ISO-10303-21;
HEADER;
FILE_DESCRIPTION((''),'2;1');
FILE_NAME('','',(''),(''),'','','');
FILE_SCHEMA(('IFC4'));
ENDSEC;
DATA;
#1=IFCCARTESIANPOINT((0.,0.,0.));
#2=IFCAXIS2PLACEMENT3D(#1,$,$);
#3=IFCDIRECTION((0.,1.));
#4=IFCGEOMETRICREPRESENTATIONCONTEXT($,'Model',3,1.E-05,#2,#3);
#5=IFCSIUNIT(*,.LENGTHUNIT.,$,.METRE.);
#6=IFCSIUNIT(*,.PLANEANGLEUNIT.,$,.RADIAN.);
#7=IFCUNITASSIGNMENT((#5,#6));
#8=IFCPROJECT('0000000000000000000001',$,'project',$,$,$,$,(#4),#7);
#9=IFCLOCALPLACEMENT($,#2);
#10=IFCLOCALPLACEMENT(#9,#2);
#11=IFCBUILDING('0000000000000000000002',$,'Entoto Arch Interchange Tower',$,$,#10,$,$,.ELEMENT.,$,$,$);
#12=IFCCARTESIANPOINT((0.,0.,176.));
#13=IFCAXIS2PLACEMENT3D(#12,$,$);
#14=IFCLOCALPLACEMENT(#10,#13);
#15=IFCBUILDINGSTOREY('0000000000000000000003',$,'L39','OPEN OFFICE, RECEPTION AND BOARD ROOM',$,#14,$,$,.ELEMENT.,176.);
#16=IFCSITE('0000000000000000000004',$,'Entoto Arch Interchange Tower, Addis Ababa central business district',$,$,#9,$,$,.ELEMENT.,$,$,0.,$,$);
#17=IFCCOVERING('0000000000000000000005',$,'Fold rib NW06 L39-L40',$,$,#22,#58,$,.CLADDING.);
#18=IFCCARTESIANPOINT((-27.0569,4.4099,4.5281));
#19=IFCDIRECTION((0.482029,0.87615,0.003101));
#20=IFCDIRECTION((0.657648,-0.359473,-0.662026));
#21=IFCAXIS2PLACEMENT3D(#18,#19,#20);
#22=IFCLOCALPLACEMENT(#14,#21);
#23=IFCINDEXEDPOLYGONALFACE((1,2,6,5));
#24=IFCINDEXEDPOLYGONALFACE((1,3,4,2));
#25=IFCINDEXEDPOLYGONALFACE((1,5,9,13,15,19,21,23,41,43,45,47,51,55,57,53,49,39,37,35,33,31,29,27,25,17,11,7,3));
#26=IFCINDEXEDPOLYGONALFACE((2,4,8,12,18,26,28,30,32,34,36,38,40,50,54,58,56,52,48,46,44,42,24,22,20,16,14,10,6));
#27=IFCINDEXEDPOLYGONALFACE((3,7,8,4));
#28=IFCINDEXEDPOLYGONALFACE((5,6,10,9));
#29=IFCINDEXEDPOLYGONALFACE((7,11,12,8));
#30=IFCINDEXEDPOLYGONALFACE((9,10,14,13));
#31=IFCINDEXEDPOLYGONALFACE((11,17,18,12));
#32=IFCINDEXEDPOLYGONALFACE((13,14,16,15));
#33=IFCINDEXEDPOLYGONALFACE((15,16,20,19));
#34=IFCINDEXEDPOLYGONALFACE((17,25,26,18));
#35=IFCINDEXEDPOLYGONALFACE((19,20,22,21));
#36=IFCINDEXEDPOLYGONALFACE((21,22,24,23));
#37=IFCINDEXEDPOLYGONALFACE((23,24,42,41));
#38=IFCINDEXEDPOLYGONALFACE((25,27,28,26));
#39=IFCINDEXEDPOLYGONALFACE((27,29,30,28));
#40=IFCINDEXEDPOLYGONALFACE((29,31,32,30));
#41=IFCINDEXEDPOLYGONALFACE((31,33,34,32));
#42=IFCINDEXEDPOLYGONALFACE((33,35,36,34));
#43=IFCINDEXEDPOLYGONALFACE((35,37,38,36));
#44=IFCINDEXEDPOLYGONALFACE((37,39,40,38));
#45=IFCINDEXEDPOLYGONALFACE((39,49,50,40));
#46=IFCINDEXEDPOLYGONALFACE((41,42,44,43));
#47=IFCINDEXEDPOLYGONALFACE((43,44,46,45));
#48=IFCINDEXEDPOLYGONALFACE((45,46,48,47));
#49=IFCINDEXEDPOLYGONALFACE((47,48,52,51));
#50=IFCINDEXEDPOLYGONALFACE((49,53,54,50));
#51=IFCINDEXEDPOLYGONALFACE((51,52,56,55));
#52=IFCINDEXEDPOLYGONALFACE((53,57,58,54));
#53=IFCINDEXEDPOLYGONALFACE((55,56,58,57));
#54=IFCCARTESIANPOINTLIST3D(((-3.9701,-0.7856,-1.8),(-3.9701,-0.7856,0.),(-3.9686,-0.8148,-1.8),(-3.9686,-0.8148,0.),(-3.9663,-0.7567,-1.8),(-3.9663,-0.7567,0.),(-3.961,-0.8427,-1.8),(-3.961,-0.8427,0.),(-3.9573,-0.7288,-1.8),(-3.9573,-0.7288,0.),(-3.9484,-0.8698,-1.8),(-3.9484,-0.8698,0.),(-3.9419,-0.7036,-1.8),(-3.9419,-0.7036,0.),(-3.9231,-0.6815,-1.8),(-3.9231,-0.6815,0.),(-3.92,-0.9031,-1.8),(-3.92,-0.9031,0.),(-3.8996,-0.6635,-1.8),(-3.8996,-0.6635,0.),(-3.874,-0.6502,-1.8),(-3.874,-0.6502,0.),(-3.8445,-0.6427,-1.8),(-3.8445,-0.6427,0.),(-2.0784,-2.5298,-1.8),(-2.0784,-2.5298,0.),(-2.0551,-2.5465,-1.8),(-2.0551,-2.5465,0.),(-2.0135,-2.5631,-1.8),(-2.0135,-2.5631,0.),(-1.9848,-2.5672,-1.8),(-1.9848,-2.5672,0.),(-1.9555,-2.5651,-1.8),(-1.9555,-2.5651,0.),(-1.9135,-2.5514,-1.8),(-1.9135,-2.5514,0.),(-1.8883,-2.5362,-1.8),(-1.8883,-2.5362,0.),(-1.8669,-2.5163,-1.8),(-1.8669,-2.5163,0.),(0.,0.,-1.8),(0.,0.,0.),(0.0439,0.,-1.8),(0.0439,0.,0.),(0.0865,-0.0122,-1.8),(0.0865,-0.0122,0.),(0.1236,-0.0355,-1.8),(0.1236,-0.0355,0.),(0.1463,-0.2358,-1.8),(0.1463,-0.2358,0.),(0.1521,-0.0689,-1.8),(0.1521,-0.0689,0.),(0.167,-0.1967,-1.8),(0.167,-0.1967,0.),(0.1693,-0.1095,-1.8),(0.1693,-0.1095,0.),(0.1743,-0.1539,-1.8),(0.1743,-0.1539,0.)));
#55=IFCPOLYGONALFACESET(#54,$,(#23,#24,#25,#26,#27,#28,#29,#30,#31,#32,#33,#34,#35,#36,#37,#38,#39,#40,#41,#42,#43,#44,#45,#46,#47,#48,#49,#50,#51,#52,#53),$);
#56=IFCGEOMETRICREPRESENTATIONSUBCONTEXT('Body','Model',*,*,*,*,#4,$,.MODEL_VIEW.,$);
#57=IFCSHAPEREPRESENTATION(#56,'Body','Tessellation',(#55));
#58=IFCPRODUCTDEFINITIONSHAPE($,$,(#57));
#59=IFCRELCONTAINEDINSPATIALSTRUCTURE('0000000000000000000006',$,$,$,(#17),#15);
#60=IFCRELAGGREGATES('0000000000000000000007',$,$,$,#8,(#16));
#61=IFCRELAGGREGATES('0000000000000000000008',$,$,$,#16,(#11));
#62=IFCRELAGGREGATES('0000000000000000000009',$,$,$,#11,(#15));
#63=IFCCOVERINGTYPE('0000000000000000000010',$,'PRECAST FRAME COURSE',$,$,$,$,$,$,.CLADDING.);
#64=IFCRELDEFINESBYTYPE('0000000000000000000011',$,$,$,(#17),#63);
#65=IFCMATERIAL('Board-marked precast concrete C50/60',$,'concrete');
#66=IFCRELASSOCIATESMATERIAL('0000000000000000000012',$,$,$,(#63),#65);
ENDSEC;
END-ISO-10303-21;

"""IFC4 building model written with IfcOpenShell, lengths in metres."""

from ifc_helpers import new_model, si_unit, direction, frame, origin, place, context, subcontext, project, spatial, polyline, outline, extrude, material, type_object, element, save


model = new_model("IFC4")

# Units and contexts
model_context = context("Model", 3, precision=1e-05, world=origin(), true_north=direction((0.0, 1.0)))
body_context = subcontext(model_context, "Body", "Model", "MODEL_VIEW")
ifc_project = project(units=[si_unit("LENGTHUNIT", "METRE"), si_unit("PLANEANGLEUNIT", "RADIAN")], contexts=[model_context])

# Site, building, storey
site_placement = place(None, origin())
site = spatial("IfcSite", under=ifc_project, at=site_placement, Name="Entoto Arch Interchange Tower, Addis Ababa central business district", CompositionType="ELEMENT", RefElevation=0.0)
building_placement = place(site_placement, origin())
building = spatial("IfcBuilding", under=site, at=building_placement, Name="Entoto Arch Interchange Tower", CompositionType="ELEMENT")
storey_placement = place(building_placement, frame((0.0, 0.0, 176.0)))
storey = spatial("IfcBuildingStorey", under=building, at=storey_placement, Name="L39", Description="OPEN OFFICE, RECEPTION AND BOARD ROOM", CompositionType="ELEMENT", Elevation=176.0)

# Covering
ifc_material_1 = material(Name="Board-marked precast concrete C50/60", Category="concrete")
covering_type = type_object("IfcCoveringType", Name="PRECAST FRAME COURSE", PredefinedType="CLADDING", material=ifc_material_1)
covering_placement = place(storey_placement, frame((-27.0569, 4.4099, 4.5281), z_axis=(0.482029, 0.87615, 0.003101), x_axis=(0.657648, -0.359473, -0.662026)))
element("IfcCovering", 1, at=covering_placement, inside=storey, type_object=covering_type, Name="Fold rib NW06 L39-L40", PredefinedType="CLADDING", context=body_context, shape_type="SweptSolid", body=[
    extrude(outline(polyline([(0.0, 0.0), (0.0439, 0.0), (0.0865, -0.0122), (0.1236, -0.0355), (0.1521, -0.0689), (0.1693, -0.1095), (0.1743, -0.1539), (0.167, -0.1967), (0.1463, -0.2358), (-1.8669, -2.5163), (-1.8883, -2.5362), (-1.9135, -2.5514), (-1.9555, -2.5651), (-1.9848, -2.5672), (-2.0135, -2.5631), (-2.0551, -2.5465), (-2.0784, -2.5298), (-3.92, -0.9031), (-3.9484, -0.8698), (-3.961, -0.8427), (-3.9686, -0.8148), (-3.9701, -0.7856), (-3.9663, -0.7567), (-3.9573, -0.7288), (-3.9419, -0.7036), (-3.9231, -0.6815), (-3.8996, -0.6635), (-3.874, -0.6502), (-3.8445, -0.6427), (0.0, 0.0)])), origin(), (0.0, 0.0, -1.0), 1.8),
])

save(model, "model.ifc")
